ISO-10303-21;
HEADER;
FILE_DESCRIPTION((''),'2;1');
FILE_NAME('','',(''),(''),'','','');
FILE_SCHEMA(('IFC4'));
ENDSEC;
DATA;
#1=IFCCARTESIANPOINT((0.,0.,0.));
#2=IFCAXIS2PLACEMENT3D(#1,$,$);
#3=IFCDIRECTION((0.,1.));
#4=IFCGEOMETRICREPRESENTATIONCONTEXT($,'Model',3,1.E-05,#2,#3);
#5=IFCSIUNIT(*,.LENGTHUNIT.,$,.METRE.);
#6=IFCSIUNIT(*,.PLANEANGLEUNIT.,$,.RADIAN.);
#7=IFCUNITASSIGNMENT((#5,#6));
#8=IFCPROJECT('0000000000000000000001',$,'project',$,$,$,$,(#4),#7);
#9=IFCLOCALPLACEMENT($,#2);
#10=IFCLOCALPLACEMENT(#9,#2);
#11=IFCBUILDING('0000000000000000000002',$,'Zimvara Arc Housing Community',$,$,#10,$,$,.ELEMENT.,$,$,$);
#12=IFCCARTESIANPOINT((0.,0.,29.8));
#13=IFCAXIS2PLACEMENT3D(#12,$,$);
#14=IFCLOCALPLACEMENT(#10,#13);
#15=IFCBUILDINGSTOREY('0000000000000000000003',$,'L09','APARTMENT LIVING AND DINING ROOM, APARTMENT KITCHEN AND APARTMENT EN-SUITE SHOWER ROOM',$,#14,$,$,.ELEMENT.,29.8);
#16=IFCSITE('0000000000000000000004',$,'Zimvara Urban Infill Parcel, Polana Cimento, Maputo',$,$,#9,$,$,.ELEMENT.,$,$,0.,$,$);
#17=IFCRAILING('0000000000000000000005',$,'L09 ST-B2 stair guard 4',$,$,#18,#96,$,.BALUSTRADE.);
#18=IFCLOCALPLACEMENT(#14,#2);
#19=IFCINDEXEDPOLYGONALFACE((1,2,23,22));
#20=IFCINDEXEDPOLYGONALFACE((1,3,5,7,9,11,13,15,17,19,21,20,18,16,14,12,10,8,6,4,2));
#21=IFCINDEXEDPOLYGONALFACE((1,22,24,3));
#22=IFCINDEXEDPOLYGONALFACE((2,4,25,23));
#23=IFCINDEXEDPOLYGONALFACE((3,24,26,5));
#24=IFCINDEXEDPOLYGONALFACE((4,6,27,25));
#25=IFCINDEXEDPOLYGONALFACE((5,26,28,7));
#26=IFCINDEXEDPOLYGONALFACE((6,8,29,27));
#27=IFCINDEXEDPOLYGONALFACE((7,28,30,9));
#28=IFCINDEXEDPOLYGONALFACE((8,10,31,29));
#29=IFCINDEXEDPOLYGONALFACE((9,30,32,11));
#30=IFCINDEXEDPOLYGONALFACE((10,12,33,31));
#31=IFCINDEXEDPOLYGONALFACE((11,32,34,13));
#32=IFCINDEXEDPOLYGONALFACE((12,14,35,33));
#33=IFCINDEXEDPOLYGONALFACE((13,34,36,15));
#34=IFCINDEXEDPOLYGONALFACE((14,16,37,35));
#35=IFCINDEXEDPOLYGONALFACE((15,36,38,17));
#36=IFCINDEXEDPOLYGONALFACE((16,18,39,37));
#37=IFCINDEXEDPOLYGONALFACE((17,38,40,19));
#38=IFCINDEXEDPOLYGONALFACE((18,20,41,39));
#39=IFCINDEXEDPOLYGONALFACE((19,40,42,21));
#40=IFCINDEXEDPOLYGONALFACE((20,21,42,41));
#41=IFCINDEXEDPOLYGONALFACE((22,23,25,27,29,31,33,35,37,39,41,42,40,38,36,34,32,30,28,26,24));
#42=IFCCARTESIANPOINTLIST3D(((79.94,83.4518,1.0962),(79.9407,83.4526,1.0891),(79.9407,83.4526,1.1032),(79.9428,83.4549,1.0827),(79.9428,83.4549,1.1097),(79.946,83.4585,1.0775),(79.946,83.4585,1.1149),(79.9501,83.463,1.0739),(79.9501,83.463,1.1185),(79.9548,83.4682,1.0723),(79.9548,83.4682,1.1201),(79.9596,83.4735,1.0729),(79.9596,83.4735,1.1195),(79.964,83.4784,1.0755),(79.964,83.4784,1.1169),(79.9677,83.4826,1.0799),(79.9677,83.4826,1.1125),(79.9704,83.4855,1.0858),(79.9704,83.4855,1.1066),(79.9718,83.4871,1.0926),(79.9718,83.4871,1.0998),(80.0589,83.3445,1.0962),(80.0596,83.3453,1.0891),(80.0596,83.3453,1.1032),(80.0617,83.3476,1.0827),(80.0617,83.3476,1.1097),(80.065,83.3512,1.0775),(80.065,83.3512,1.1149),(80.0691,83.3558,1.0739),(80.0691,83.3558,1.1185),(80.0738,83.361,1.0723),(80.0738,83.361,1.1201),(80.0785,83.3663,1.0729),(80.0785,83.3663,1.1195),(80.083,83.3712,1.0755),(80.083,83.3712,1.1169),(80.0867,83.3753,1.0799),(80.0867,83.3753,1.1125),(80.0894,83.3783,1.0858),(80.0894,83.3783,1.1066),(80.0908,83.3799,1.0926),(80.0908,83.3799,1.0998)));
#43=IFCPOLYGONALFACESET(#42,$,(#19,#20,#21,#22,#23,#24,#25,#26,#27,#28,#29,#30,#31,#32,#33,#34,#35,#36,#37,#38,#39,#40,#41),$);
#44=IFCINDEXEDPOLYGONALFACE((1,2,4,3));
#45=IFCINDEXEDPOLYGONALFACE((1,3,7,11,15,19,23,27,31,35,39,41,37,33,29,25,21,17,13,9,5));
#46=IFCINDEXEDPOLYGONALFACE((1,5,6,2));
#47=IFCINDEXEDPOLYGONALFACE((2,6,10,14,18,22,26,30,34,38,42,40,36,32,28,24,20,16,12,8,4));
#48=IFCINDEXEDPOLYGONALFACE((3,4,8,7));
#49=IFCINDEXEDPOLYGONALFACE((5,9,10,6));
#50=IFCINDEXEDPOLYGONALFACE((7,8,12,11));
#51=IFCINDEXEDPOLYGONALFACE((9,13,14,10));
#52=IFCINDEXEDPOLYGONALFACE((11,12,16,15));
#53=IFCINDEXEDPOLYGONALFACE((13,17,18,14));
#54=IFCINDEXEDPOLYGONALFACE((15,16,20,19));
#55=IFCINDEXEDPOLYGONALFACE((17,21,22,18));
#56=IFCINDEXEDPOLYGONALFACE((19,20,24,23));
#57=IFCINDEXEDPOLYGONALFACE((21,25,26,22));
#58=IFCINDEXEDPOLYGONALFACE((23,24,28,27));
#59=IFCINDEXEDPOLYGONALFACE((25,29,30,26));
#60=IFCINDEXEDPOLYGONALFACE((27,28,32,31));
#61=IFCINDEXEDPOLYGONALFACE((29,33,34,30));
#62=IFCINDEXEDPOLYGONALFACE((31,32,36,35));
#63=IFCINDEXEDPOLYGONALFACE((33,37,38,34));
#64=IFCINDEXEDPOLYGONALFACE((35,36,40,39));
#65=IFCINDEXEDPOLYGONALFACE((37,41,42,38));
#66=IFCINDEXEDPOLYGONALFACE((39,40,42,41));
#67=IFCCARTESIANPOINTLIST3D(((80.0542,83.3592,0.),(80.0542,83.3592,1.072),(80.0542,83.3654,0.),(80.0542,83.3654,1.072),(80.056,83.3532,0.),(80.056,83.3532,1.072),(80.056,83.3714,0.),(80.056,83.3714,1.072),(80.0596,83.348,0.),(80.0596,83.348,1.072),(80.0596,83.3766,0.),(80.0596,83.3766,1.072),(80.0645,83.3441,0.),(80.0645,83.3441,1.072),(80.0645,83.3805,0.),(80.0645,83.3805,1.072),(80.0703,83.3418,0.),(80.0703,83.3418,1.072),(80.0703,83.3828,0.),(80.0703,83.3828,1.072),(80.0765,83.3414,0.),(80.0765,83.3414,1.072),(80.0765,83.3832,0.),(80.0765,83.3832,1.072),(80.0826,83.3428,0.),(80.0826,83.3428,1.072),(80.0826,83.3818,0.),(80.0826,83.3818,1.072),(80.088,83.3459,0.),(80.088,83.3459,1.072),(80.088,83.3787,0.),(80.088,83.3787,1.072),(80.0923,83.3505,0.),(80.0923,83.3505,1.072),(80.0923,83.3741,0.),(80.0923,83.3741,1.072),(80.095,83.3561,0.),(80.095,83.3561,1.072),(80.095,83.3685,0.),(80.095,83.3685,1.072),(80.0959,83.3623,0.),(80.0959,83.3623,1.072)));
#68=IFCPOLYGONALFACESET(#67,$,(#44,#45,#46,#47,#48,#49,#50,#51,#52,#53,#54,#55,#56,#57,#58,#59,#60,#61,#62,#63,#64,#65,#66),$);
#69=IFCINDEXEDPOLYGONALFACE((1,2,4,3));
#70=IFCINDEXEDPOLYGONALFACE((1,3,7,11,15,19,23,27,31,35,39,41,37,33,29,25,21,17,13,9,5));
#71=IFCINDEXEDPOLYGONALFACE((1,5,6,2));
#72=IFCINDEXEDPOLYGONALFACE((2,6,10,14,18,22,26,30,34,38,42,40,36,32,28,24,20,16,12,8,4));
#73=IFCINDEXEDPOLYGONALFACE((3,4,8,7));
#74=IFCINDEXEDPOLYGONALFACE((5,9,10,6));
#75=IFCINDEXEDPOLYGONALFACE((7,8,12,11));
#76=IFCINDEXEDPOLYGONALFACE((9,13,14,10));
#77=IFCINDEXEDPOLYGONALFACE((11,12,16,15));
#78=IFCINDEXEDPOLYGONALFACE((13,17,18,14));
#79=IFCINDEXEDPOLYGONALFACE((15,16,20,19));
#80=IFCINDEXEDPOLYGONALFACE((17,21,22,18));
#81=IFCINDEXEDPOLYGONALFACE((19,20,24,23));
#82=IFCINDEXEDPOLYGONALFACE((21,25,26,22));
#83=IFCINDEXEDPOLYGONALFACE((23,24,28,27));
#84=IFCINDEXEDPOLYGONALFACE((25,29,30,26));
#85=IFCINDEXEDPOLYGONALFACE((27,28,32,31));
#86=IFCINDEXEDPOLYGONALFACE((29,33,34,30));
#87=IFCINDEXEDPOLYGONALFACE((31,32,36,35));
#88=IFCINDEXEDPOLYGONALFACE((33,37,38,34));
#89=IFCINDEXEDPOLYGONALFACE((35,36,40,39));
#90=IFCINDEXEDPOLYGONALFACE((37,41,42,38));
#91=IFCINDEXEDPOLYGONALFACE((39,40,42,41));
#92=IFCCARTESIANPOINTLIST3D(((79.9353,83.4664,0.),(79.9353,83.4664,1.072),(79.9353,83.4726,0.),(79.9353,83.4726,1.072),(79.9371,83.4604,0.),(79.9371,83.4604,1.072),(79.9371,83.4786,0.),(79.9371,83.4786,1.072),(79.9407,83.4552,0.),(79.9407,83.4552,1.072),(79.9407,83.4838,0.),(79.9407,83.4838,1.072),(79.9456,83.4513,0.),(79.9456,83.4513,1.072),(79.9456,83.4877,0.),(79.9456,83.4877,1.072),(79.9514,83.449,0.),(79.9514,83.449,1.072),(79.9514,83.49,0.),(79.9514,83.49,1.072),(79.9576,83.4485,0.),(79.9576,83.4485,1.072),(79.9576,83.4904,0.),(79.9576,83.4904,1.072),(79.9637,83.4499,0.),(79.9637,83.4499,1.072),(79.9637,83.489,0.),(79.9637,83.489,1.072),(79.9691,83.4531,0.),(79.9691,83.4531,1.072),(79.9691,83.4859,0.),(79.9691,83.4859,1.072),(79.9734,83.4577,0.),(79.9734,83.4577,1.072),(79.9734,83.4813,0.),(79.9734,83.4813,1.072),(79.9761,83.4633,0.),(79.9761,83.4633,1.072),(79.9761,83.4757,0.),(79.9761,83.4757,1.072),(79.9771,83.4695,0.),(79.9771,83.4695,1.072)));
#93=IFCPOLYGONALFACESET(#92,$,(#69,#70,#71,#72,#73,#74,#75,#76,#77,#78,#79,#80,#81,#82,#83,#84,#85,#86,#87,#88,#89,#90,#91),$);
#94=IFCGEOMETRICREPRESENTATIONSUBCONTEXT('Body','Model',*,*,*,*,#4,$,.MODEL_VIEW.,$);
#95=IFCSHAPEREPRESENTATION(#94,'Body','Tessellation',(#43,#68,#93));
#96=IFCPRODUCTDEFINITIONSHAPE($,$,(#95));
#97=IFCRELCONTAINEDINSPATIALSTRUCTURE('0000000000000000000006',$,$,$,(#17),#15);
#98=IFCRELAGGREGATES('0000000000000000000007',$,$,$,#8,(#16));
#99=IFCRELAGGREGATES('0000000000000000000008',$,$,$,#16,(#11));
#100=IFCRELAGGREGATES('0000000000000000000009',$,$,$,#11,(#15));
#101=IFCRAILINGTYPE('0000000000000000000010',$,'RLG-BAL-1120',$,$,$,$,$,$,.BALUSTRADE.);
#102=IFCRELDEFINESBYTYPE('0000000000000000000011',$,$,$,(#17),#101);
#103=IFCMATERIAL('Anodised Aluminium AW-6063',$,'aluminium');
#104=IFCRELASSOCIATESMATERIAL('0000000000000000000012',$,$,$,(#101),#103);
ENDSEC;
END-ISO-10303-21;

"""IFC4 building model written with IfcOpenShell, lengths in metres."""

from ifc_helpers import new_model, si_unit, direction, frame, origin, origin_2d, place, context, subcontext, project, spatial, circle, extrude, material, type_object, element, save


model = new_model("IFC4")

# Units and contexts
model_context = context("Model", 3, precision=1e-05, world=origin(), true_north=direction((0.0, 1.0)))
body_context = subcontext(model_context, "Body", "Model", "MODEL_VIEW")
ifc_project = project(units=[si_unit("LENGTHUNIT", "METRE"), si_unit("PLANEANGLEUNIT", "RADIAN")], contexts=[model_context])

# Site, building, storey
site_placement = place(None, origin())
site = spatial("IfcSite", under=ifc_project, at=site_placement, Name="Zimvara Urban Infill Parcel, Polana Cimento, Maputo", CompositionType="ELEMENT", RefElevation=0.0)
building_placement = place(site_placement, origin())
building = spatial("IfcBuilding", under=site, at=building_placement, Name="Zimvara Arc Housing Community", CompositionType="ELEMENT")
storey_placement = place(building_placement, frame((0.0, 0.0, 29.8)))
storey = spatial("IfcBuildingStorey", under=building, at=storey_placement, Name="L09", Description="APARTMENT LIVING AND DINING ROOM, APARTMENT KITCHEN AND APARTMENT EN-SUITE SHOWER ROOM", CompositionType="ELEMENT", Elevation=29.8)

# Railing
ifc_material_1 = material(Name="Anodised Aluminium AW-6063", Category="aluminium")
railing_type_1 = type_object("IfcRailingType", Name="RLG-BAL-1120", PredefinedType="BALUSTRADE", material=ifc_material_1)
railing_1_placement = place(storey_placement, frame((80.075, 83.3623, 0.0)))
element("IfcRailing", 1, at=railing_1_placement, inside=storey, type_object=railing_type_1, Name="L09 ST-B2 stair guard 4", PredefinedType="BALUSTRADE", context=body_context, shape_type="SweptSolid", body=[
    extrude(circle(Radius=0.0239, at=origin_2d()), frame((0.0, 0.0, 1.0962), z_axis=(-0.742763, 0.669554, 0.0), x_axis=(-0.669554, -0.742763, 0.0)), (0.0, 0.0, 1.0), 0.1602),
    extrude(circle(Radius=0.021, at=origin_2d()), origin(), (0.0, 0.0, 1.0), 1.072),
    extrude(circle(Radius=0.021, at=origin_2d()), frame((-0.1189, 0.1072, 0.0)), (0.0, 0.0, 1.0), 1.072),
])

save(model, "model.ifc")
